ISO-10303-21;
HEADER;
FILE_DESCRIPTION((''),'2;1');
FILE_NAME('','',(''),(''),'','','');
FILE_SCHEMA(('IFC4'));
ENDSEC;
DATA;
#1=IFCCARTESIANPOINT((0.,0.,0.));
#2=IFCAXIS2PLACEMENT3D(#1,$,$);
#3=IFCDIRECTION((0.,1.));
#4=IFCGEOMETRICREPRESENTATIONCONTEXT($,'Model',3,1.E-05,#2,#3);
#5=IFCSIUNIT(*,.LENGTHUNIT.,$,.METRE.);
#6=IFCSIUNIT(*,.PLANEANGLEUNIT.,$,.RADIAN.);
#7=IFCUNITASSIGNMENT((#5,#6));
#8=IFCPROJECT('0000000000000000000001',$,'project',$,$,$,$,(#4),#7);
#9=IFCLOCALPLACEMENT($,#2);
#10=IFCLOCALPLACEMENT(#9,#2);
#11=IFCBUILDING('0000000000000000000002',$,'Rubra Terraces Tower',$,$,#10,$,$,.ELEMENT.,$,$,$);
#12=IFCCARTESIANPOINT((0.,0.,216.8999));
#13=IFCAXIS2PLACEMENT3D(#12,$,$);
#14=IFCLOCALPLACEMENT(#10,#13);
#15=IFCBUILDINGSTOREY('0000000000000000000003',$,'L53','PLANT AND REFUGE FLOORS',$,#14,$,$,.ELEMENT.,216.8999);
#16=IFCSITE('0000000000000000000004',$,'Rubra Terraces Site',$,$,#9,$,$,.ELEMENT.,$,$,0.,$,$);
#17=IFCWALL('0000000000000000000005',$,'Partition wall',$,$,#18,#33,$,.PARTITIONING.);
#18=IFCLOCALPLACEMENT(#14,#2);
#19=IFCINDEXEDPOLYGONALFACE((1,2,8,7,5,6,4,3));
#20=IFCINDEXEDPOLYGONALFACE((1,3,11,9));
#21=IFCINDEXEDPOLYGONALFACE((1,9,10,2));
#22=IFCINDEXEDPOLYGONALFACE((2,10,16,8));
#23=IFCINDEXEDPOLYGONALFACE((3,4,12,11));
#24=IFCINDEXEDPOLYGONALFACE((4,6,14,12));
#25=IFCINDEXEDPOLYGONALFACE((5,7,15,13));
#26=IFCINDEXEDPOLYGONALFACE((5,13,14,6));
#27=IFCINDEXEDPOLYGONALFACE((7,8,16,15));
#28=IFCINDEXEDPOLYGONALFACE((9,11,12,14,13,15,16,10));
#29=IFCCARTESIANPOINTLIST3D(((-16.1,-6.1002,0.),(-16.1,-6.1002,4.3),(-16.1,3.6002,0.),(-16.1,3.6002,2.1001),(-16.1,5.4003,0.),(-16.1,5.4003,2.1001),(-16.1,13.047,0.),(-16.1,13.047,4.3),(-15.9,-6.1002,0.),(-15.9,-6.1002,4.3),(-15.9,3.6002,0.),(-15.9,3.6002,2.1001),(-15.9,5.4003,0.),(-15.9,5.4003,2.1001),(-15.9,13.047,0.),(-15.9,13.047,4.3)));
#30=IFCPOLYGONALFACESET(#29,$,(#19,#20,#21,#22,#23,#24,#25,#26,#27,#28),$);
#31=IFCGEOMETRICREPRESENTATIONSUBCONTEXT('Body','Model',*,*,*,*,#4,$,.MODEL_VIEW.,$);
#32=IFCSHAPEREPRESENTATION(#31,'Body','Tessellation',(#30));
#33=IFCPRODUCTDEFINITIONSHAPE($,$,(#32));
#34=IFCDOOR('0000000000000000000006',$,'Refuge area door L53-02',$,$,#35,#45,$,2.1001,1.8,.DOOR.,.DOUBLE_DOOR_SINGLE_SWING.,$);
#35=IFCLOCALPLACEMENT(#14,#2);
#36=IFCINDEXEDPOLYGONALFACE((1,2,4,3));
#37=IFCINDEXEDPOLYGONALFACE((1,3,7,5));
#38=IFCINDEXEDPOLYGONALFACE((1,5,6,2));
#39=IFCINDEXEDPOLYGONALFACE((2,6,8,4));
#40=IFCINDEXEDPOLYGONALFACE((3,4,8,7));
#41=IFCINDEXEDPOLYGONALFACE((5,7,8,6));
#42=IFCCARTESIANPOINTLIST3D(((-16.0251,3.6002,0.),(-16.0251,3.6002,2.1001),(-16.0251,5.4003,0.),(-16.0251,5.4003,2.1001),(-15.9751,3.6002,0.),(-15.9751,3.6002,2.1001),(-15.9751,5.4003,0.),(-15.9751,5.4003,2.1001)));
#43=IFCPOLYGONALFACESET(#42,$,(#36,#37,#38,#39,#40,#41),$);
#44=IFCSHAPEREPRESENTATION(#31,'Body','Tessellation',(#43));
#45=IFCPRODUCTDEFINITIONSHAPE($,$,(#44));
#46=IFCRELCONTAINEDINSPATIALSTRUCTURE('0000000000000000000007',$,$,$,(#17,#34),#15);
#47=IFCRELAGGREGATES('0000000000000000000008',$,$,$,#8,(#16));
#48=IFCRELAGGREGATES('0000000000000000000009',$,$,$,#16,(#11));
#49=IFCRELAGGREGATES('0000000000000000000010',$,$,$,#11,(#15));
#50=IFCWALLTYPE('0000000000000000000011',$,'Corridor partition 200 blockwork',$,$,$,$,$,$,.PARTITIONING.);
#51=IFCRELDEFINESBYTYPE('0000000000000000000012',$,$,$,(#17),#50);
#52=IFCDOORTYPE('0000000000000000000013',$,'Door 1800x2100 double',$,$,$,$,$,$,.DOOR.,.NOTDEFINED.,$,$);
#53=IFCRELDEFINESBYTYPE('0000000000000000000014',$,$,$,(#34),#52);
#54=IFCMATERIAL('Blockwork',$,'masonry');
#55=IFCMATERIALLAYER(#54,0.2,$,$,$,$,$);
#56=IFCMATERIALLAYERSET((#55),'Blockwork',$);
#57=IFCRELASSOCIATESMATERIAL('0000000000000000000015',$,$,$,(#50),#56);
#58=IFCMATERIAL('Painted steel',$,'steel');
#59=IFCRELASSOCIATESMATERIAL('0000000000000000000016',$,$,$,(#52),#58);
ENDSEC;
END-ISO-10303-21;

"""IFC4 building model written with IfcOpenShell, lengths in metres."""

from ifc_helpers import new_model, si_unit, direction, frame, frame_2d, origin, place, context, subcontext, project, spatial, rectangle, extrude, material, layer, layer_set, type_object, element, fill, save


model = new_model("IFC4")

# Units and contexts
model_context = context("Model", 3, precision=1e-05, world=origin(), true_north=direction((0.0, 1.0)))
body_context = subcontext(model_context, "Body", "Model", "MODEL_VIEW")
ifc_project = project(units=[si_unit("LENGTHUNIT", "METRE"), si_unit("PLANEANGLEUNIT", "RADIAN")], contexts=[model_context])

# Site, building, storey
site_placement = place(None, origin())
site = spatial("IfcSite", under=ifc_project, at=site_placement, Name="Rubra Terraces Site", CompositionType="ELEMENT", RefElevation=0.0)
building_placement = place(site_placement, origin())
building = spatial("IfcBuilding", under=site, at=building_placement, Name="Rubra Terraces Tower", CompositionType="ELEMENT")
storey_placement = place(building_placement, frame((0.0, 0.0, 216.8999)))
storey = spatial("IfcBuildingStorey", under=building, at=storey_placement, Name="L53", Description="PLANT AND REFUGE FLOORS", CompositionType="ELEMENT", Elevation=216.8999)

# Wall, opening, door
ifc_material_1 = material(Name="Blockwork", Category="masonry")
ifc_layer_1 = layer(ifc_material_1, 0.2)
ifc_layer_set_1 = layer_set([ifc_layer_1], Name="Blockwork")
wall_type_1 = type_object("IfcWallType", Name="Corridor partition 200 blockwork", PredefinedType="PARTITIONING", material=ifc_layer_set_1)
wall_1_placement = place(storey_placement, frame((-16.0, 13.0471, 0.0), z_axis=(0.0, 0.0, 1.0), x_axis=(0.0, -1.0, 0.0)))
wall_1 = element("IfcWall", 1, at=wall_1_placement, inside=storey, type_object=wall_type_1, Name="Partition wall", PredefinedType="PARTITIONING", context=body_context, shape_type="SweptSolid", body=[
    extrude(rectangle(XDim=19.1472, YDim=0.2, at=frame_2d((9.5737, 0.0))), origin(), (0.0, 0.0, 1.0), 4.3),
])
opening_1_placement = place(wall_1_placement, frame((7.647, 0.0, 0.0)))
opening_1 = element("IfcOpeningElement", 2, at=opening_1_placement, cuts=wall_1, PredefinedType="OPENING", context=body_context, shape_type="SweptSolid", body=[
    extrude(rectangle(XDim=1.8, YDim=2.1001, at=frame_2d((0.8999, 1.05))), frame((0.0, 0.1099, 0.0), z_axis=(0.0, -1.0, 0.0), x_axis=(1.0, 0.0, 0.0)), (0.0, 0.0, 1.0), 0.22),
])
ifc_material_2 = material(Name="Painted steel", Category="steel")
door_type = type_object("IfcDoorType", Name="Door 1800x2100 double", OperationType="NOTDEFINED", PredefinedType="DOOR", material=ifc_material_2)
door_placement = place(opening_1_placement, origin())
door = element("IfcDoor", 3, at=door_placement, inside=storey, type_object=door_type, Name="Refuge area door L53-02", OperationType="DOUBLE_DOOR_SINGLE_SWING", OverallHeight=2.1001, OverallWidth=1.8, PredefinedType="DOOR", context=body_context, shape_type="SweptSolid", body=[
    extrude(rectangle(XDim=1.8, YDim=2.1001, at=frame_2d((0.8999, 1.05))), frame((0.0, 0.0249, 0.0), z_axis=(0.0, -1.0, 0.0), x_axis=(1.0, 0.0, 0.0)), (0.0, 0.0, 1.0), 0.05),
])
fill(opening_1, door)

save(model, "model.ifc")
